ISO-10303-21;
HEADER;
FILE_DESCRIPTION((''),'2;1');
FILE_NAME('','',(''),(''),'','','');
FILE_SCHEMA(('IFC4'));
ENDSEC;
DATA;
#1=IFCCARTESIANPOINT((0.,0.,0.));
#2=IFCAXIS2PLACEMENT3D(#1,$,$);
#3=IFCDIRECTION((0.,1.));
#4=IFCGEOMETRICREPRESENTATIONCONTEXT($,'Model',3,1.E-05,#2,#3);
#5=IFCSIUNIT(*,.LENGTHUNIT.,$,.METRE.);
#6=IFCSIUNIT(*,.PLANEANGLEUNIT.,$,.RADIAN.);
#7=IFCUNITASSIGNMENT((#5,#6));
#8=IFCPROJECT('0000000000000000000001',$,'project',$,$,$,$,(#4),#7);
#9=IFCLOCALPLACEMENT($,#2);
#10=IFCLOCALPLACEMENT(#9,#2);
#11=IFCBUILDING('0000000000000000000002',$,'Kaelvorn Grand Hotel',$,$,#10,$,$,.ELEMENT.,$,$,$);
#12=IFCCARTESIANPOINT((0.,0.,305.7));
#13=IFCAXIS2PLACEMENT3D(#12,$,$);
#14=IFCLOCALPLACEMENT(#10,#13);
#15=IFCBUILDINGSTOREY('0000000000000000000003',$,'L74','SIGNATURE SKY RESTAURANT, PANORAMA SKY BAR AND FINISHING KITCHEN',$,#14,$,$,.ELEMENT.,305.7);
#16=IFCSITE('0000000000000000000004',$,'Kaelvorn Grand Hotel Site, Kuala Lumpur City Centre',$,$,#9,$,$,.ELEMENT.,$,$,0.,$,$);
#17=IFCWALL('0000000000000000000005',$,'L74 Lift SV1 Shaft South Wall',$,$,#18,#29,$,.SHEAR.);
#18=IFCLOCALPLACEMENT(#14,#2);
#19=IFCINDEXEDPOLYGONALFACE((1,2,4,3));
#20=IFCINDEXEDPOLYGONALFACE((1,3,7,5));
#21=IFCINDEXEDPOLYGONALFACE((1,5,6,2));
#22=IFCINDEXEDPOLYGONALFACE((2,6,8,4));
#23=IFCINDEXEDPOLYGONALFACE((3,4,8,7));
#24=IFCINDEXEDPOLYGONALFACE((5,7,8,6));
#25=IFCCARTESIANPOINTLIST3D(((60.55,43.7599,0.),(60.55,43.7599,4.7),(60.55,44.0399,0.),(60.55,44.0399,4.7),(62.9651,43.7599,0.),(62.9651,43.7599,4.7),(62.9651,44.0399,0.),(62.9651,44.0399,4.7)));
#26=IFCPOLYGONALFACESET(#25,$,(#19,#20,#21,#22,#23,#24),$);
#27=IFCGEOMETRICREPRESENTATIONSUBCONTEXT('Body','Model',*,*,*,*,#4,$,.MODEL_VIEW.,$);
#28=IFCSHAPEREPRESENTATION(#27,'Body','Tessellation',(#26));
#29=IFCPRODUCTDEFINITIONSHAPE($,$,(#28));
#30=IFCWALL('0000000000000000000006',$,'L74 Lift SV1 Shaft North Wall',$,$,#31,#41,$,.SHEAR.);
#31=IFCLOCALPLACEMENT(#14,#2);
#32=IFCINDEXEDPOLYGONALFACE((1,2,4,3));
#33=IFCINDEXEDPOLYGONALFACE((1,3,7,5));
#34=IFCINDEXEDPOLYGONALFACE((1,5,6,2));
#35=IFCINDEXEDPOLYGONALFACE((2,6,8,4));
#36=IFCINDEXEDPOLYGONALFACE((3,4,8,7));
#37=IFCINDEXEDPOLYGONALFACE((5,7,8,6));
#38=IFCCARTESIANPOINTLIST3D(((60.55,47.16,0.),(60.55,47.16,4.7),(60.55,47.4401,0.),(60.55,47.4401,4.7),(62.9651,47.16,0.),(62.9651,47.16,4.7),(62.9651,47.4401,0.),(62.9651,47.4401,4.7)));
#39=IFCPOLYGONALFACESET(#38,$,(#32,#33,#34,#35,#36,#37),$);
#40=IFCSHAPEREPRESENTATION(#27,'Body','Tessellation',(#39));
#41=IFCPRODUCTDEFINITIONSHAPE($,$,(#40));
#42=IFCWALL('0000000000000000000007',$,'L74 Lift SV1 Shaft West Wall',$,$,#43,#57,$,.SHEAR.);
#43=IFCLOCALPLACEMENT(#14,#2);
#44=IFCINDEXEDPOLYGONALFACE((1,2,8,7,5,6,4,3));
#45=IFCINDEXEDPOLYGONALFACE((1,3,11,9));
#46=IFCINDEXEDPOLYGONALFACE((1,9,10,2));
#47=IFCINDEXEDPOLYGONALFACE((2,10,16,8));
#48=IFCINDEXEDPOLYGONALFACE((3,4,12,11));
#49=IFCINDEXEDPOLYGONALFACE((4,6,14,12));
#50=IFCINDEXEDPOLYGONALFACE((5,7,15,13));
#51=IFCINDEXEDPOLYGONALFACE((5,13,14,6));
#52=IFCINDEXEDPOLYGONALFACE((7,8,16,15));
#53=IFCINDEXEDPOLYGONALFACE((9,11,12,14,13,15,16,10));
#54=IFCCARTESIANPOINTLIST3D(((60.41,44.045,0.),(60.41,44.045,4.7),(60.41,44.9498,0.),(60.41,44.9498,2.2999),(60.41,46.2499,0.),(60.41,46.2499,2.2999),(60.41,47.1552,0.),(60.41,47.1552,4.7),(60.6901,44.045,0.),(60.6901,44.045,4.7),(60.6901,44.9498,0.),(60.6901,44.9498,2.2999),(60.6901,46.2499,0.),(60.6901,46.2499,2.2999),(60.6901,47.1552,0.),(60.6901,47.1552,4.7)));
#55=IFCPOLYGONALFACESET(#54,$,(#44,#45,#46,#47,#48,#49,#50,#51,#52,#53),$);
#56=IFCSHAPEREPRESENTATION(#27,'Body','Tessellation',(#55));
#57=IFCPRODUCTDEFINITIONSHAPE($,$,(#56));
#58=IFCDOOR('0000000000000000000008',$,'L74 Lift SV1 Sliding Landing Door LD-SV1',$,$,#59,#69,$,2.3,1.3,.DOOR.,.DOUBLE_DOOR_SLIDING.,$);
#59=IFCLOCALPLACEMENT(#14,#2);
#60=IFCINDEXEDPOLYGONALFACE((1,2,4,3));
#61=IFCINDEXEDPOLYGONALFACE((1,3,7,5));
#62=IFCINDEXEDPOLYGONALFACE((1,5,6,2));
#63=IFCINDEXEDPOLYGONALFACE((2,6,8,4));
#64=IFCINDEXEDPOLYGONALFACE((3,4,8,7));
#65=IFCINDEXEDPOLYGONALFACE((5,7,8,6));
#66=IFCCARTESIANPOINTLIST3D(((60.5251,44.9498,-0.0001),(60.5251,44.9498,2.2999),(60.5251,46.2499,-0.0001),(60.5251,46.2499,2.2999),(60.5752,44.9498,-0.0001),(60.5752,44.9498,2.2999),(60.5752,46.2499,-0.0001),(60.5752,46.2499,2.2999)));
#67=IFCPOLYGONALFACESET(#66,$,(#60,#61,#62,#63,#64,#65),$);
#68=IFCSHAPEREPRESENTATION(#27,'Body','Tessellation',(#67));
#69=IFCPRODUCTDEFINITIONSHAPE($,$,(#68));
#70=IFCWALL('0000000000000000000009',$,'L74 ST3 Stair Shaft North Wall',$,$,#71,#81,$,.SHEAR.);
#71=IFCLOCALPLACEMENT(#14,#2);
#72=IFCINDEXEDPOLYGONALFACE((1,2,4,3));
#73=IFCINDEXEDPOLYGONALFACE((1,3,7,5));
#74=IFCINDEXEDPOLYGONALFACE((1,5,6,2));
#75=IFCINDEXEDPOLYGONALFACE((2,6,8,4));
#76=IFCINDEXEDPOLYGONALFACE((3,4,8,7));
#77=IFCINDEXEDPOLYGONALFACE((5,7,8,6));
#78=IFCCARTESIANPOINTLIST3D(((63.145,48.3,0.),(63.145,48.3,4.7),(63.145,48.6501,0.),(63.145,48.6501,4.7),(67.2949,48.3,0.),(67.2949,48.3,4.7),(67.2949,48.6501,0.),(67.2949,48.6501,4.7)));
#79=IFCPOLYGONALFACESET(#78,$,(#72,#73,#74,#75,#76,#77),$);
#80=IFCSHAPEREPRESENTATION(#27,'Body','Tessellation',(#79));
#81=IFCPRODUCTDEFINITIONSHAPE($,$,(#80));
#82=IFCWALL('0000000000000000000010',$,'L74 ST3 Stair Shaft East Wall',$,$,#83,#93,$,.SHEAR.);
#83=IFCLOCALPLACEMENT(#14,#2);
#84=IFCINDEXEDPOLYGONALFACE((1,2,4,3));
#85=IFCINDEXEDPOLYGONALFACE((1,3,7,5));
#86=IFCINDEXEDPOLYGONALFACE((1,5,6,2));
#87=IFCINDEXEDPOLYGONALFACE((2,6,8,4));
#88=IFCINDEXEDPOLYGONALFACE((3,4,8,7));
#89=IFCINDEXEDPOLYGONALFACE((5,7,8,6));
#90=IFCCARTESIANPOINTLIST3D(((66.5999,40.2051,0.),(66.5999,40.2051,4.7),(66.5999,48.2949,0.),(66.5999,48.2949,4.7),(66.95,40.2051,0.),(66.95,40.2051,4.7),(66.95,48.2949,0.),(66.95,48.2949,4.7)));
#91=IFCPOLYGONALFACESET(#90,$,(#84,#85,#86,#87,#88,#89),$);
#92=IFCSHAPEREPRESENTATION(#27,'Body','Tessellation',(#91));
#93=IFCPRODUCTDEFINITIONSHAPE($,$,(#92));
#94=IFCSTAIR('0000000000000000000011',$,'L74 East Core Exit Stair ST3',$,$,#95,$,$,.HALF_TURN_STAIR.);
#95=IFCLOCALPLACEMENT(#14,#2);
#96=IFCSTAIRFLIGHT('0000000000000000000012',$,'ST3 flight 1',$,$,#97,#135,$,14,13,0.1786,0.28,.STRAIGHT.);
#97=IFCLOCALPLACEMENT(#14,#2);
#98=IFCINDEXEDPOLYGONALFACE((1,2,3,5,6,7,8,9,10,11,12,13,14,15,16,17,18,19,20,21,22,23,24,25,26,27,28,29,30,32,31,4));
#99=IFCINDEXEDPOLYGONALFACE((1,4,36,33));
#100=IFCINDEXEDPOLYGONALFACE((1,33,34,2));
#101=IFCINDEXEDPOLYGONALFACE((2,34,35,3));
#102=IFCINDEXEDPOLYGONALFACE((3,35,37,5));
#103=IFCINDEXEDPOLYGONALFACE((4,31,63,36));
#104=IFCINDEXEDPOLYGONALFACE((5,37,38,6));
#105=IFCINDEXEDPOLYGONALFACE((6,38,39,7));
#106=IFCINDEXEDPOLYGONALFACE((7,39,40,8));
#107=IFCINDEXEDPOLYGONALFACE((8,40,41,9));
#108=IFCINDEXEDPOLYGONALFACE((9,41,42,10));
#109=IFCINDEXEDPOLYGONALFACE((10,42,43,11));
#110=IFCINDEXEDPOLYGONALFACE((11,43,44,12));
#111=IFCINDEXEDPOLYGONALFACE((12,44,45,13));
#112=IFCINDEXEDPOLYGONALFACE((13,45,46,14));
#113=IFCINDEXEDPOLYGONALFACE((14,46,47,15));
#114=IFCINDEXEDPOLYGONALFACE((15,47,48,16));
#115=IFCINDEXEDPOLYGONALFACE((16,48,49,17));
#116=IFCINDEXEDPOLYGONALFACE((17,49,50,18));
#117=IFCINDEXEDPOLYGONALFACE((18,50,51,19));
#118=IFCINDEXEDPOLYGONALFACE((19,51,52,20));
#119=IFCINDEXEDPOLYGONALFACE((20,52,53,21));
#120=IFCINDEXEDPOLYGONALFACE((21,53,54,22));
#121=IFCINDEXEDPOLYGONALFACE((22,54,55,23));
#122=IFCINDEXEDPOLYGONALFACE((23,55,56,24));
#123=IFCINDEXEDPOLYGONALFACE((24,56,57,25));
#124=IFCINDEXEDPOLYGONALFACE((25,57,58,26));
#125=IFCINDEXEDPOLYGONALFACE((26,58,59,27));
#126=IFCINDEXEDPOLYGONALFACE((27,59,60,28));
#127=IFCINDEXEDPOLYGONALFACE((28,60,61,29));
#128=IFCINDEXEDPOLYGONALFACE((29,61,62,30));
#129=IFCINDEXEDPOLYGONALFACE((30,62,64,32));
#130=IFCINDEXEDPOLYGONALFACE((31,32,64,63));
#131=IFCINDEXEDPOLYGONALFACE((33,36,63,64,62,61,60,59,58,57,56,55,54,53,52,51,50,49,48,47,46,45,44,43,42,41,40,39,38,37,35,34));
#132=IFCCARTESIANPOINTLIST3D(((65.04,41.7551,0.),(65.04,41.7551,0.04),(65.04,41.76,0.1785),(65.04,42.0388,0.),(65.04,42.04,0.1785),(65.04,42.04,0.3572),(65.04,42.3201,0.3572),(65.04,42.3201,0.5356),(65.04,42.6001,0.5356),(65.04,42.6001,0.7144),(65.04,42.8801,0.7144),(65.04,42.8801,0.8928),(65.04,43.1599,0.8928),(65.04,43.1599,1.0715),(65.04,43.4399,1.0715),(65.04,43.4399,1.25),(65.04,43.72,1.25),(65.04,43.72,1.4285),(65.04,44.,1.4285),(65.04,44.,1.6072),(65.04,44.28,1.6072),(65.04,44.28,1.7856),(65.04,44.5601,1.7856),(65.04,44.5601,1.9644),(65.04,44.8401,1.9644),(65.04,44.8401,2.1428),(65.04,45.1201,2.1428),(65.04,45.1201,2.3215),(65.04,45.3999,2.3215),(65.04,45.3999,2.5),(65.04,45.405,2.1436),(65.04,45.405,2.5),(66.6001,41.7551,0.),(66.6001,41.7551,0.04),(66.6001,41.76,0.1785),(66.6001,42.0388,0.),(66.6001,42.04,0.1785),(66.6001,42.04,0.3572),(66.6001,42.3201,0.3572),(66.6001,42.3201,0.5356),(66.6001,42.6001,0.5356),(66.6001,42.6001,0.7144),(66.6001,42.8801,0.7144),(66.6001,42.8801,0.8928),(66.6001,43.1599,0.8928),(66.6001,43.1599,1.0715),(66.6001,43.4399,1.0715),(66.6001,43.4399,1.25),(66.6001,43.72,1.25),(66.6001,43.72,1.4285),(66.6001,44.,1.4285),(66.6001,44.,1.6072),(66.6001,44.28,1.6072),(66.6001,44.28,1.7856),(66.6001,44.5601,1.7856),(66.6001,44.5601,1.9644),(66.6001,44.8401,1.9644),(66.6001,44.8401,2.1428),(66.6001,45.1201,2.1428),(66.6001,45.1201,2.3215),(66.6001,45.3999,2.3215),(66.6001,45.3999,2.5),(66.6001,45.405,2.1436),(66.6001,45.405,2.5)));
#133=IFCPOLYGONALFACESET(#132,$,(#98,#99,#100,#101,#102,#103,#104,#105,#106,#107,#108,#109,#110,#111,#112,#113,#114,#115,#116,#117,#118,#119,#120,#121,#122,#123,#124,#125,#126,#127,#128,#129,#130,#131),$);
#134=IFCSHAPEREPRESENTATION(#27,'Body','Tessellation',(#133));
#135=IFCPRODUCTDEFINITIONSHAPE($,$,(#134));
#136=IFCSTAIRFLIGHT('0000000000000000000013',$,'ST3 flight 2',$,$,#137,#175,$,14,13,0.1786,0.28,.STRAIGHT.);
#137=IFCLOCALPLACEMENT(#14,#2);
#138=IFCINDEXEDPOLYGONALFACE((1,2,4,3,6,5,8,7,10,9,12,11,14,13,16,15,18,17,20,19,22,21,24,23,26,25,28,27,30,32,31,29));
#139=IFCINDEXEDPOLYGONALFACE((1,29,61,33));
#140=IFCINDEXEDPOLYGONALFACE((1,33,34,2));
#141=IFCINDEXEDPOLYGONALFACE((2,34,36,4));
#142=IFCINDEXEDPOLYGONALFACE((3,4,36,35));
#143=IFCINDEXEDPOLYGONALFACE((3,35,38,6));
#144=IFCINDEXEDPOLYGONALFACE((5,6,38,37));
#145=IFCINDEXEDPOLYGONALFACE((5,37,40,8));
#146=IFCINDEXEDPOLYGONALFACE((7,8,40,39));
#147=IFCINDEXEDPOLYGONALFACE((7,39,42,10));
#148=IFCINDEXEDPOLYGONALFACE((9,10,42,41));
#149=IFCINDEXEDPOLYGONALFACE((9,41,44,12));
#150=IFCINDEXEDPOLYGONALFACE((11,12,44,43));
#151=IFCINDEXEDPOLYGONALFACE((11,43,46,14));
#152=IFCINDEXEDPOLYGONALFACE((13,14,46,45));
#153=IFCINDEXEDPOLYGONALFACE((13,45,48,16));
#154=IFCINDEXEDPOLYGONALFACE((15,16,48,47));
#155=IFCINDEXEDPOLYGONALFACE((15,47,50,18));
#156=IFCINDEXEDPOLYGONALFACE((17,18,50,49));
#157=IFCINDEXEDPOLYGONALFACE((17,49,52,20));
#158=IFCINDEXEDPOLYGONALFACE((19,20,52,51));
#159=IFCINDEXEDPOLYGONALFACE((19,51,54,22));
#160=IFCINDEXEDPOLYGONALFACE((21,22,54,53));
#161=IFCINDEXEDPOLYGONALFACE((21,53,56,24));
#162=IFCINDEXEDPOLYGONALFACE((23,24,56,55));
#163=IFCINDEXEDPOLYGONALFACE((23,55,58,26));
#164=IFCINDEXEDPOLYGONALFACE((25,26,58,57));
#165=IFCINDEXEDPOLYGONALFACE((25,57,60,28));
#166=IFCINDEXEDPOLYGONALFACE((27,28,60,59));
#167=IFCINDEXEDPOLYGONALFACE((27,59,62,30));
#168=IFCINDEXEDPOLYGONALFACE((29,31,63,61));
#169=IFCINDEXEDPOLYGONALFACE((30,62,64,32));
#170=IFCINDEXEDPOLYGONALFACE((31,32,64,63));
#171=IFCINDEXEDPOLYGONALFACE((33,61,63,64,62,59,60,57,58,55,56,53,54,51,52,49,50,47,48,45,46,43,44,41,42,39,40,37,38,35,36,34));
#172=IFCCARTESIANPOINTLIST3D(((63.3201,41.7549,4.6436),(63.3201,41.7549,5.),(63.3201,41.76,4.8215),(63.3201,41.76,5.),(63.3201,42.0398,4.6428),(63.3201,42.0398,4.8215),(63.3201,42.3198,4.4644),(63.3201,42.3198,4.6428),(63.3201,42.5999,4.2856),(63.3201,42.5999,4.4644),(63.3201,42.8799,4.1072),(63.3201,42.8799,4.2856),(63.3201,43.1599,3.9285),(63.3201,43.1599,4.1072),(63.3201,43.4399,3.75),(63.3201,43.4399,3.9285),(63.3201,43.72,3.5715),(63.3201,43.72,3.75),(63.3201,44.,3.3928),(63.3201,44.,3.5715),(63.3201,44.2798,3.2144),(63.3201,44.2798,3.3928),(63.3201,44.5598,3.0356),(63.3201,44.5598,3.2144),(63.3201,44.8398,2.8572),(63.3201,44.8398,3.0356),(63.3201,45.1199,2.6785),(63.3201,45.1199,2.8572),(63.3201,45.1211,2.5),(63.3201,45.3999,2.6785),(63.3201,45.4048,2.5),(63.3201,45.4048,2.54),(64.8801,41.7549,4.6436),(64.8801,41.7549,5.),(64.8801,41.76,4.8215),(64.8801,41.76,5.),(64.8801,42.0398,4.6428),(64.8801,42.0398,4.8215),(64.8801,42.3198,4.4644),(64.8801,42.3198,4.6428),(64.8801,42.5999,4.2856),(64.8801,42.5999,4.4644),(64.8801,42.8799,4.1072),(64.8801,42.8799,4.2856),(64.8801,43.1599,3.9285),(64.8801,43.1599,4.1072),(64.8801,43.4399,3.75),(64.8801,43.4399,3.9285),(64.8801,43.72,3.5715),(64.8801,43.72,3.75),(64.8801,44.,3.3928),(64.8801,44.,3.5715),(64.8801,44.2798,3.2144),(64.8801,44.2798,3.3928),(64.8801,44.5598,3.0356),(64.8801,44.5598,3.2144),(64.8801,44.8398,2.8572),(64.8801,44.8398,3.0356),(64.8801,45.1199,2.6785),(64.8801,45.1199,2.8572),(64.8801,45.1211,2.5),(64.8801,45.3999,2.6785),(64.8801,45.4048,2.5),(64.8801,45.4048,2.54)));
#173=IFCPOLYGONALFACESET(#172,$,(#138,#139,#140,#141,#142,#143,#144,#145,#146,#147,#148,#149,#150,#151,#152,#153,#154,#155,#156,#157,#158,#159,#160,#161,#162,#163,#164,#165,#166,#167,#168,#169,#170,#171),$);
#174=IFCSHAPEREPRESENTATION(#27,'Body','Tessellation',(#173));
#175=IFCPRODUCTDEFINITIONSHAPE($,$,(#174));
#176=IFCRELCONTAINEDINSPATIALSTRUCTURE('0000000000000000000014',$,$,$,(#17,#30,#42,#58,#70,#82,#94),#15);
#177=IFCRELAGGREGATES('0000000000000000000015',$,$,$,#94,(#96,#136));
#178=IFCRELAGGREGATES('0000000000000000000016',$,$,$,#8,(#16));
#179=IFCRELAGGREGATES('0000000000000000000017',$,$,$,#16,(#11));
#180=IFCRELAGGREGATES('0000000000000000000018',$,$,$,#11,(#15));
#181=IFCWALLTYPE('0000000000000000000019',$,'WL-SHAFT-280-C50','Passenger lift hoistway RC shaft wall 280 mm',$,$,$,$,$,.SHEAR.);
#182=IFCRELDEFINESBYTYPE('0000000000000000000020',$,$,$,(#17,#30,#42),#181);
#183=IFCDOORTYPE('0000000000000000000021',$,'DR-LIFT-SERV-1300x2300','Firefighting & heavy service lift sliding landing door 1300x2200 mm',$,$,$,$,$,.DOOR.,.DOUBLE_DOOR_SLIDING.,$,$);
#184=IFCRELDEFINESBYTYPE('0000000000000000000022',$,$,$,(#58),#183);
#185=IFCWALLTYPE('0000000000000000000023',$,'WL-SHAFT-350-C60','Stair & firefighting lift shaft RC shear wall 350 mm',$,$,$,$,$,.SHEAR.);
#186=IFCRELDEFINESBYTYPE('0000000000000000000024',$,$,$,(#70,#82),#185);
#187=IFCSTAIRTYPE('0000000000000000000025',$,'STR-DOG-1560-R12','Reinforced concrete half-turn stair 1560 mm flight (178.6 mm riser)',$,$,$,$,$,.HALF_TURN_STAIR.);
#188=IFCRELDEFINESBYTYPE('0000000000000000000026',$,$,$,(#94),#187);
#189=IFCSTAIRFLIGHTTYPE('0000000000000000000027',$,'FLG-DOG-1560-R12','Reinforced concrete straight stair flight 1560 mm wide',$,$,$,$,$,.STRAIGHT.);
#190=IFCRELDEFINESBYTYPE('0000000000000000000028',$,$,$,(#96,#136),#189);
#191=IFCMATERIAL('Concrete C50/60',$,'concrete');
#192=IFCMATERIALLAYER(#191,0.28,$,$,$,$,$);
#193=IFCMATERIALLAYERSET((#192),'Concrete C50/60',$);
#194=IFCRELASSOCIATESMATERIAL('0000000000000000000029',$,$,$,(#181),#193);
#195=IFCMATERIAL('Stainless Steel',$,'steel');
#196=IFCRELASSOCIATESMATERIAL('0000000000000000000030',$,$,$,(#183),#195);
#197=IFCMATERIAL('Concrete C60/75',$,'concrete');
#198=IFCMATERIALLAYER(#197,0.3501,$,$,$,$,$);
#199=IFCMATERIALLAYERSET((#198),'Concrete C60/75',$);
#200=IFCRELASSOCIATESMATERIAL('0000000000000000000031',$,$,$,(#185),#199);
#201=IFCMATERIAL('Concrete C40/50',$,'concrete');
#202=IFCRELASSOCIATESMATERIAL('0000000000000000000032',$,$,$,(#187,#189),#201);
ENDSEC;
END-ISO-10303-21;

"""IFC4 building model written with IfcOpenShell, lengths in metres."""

from ifc_helpers import new_model, si_unit, direction, frame, frame_2d, origin, place, context, subcontext, project, spatial, polyline, rectangle, outline, extrude, material, layer, layer_set, type_object, element, fill, aggregate, save


model = new_model("IFC4")

# Units and contexts
model_context = context("Model", 3, precision=1e-05, world=origin(), true_north=direction((0.0, 1.0)))
body_context = subcontext(model_context, "Body", "Model", "MODEL_VIEW")
ifc_project = project(units=[si_unit("LENGTHUNIT", "METRE"), si_unit("PLANEANGLEUNIT", "RADIAN")], contexts=[model_context])

# Site, building, storey
site_placement = place(None, origin())
site = spatial("IfcSite", under=ifc_project, at=site_placement, Name="Kaelvorn Grand Hotel Site, Kuala Lumpur City Centre", CompositionType="ELEMENT", RefElevation=0.0)
building_placement = place(site_placement, origin())
building = spatial("IfcBuilding", under=site, at=building_placement, Name="Kaelvorn Grand Hotel", CompositionType="ELEMENT")
storey_placement = place(building_placement, frame((0.0, 0.0, 305.7)))
storey = spatial("IfcBuildingStorey", under=building, at=storey_placement, Name="L74", Description="SIGNATURE SKY RESTAURANT, PANORAMA SKY BAR AND FINISHING KITCHEN", CompositionType="ELEMENT", Elevation=305.7)

# Shared definitions
ifc_material_1 = material(Name="Concrete C60/75", Category="concrete")
ifc_material_2 = material(Name="Concrete C50/60", Category="concrete")

# Shared definitions
ifc_material_3 = material(Name="Concrete C40/50", Category="concrete")

# Walls
ifc_layer_1 = layer(ifc_material_2, 0.28)
ifc_layer_set_1 = layer_set([ifc_layer_1], Name="Concrete C50/60")
wall_type_1 = type_object("IfcWallType", Name="WL-SHAFT-280-C50", Description="Passenger lift hoistway RC shaft wall 280 mm", PredefinedType="SHEAR", material=ifc_layer_set_1)
for number, where, z_axis, x_axis, name in (
    (1, (60.55, 43.8999, 0.0), (0.0, 0.0, 1.0), (1.0, 0.0, 0.0), "L74 Lift SV1 Shaft South Wall"),
    (2, (60.55, 47.3, 0.0), (0.0, 0.0, 1.0), (1.0, 0.0, 0.0), "L74 Lift SV1 Shaft North Wall"),
):
    element("IfcWall", number, at=place(storey_placement, frame(where, z_axis=z_axis, x_axis=x_axis)), inside=storey, type_object=wall_type_1, Name=name, PredefinedType="SHEAR", context=body_context, shape_type="SweptSolid", body=[
        extrude(rectangle(XDim=2.415, YDim=0.28, at=frame_2d((1.2075, 0.0))), origin(), (0.0, 0.0, 1.0), 4.7),
    ])

# Wall, opening, door
wall_1_placement = place(storey_placement, frame((60.55, 44.0449, 0.0), z_axis=(0.0, 0.0, 1.0), x_axis=(0.0, 1.0, 0.0)))
wall_1 = element("IfcWall", 3, at=wall_1_placement, inside=storey, type_object=wall_type_1, Name="L74 Lift SV1 Shaft West Wall", PredefinedType="SHEAR", context=body_context, shape_type="SweptSolid", body=[
    extrude(rectangle(XDim=3.1101, YDim=0.28, at=frame_2d((1.5552, 0.0))), origin(), (0.0, 0.0, 1.0), 4.7),
])
opening_1_placement = place(wall_1_placement, frame((0.905, 0.0, 0.0)))
opening_1 = element("IfcOpeningElement", 4, at=opening_1_placement, cuts=wall_1, PredefinedType="OPENING", context=body_context, shape_type="SweptSolid", body=[
    extrude(rectangle(XDim=1.3, YDim=2.3, at=frame_2d((0.6499, 1.1499))), frame((0.0, 0.1499, 0.0), z_axis=(0.0, -1.0, 0.0), x_axis=(1.0, 0.0, 0.0)), (0.0, 0.0, 1.0), 0.3),
])
ifc_material_4 = material(Name="Stainless Steel", Category="steel")
door_type = type_object("IfcDoorType", Name="DR-LIFT-SERV-1300x2300", Description="Firefighting & heavy service lift sliding landing door 1300x2200 mm", OperationType="DOUBLE_DOOR_SLIDING", PredefinedType="DOOR", material=ifc_material_4)
door_placement = place(opening_1_placement, origin())
door = element("IfcDoor", 5, at=door_placement, inside=storey, type_object=door_type, Name="L74 Lift SV1 Sliding Landing Door LD-SV1", OperationType="DOUBLE_DOOR_SLIDING", OverallHeight=2.3, OverallWidth=1.3, PredefinedType="DOOR", context=body_context, shape_type="SweptSolid", body=[
    extrude(rectangle(XDim=1.3, YDim=2.3, at=frame_2d((0.6499, 1.1499))), frame((0.0, 0.0249, 0.0), z_axis=(0.0, -1.0, 0.0), x_axis=(1.0, 0.0, 0.0)), (0.0, 0.0, 1.0), 0.05),
])
fill(opening_1, door)

# Walls
ifc_layer_2 = layer(ifc_material_1, 0.3501)
ifc_layer_set_2 = layer_set([ifc_layer_2], Name="Concrete C60/75")
wall_type_2 = type_object("IfcWallType", Name="WL-SHAFT-350-C60", Description="Stair & firefighting lift shaft RC shear wall 350 mm", PredefinedType="SHEAR", material=ifc_layer_set_2)
wall_2_placement = place(storey_placement, frame((63.145, 48.4751, 0.0), z_axis=(0.0, 0.0, 1.0), x_axis=(1.0, 0.0, 0.0)))
element("IfcWall", 6, at=wall_2_placement, inside=storey, type_object=wall_type_2, Name="L74 ST3 Stair Shaft North Wall", PredefinedType="SHEAR", context=body_context, shape_type="SweptSolid", body=[
    extrude(rectangle(XDim=4.1499, YDim=0.3501, at=frame_2d((2.075, 0.0))), origin(), (0.0, 0.0, 1.0), 4.7),
])
wall_3_placement = place(storey_placement, frame((66.7749, 40.2051, 0.0), z_axis=(0.0, 0.0, 1.0), x_axis=(0.0, 1.0, 0.0)))
element("IfcWall", 7, at=wall_3_placement, inside=storey, type_object=wall_type_2, Name="L74 ST3 Stair Shaft East Wall", PredefinedType="SHEAR", context=body_context, shape_type="SweptSolid", body=[
    extrude(rectangle(XDim=8.0898, YDim=0.3501, at=frame_2d((4.0449, 0.0))), origin(), (0.0, 0.0, 1.0), 4.7),
])

# Stair, stair flights
stair_type = type_object("IfcStairType", Name="STR-DOG-1560-R12", Description="Reinforced concrete half-turn stair 1560 mm flight (178.6 mm riser)", PredefinedType="HALF_TURN_STAIR", material=ifc_material_3)
stair_placement = place(storey_placement, origin())
stair = element("IfcStair", 8, at=stair_placement, inside=storey, type_object=stair_type, Name="L74 East Core Exit Stair ST3", PredefinedType="HALF_TURN_STAIR")
stair_flight_type = type_object("IfcStairFlightType", Name="FLG-DOG-1560-R12", Description="Reinforced concrete straight stair flight 1560 mm wide", PredefinedType="STRAIGHT", material=ifc_material_3)
stair_flight_1_placement = place(storey_placement, frame((65.8201, 41.76, 0.0), z_axis=(0.0, 0.0, 1.0), x_axis=(0.0, 1.0, 0.0)))
stair_flight_1 = element("IfcStairFlight", 9, at=stair_flight_1_placement, type_object=stair_flight_type, Name="ST3 flight 1", NumberOfRisers=14, NumberOfTreads=13, PredefinedType="STRAIGHT", RiserHeight=0.1786, TreadLength=0.28, context=body_context, shape_type="SweptSolid", body=[
    extrude(outline(polyline([(-0.0049, 0.0), (-0.0049, 0.04), (0.0, 0.1785), (0.28, 0.1785), (0.28, 0.3572), (0.5601, 0.3572), (0.5601, 0.5356), (0.8401, 0.5356), (0.8401, 0.7144), (1.1201, 0.7144), (1.1201, 0.8928), (1.3999, 0.8928), (1.3999, 1.0715), (1.6799, 1.0715), (1.6799, 1.25), (1.96, 1.25), (1.96, 1.4285), (2.24, 1.4285), (2.24, 1.6072), (2.52, 1.6072), (2.52, 1.7856), (2.8, 1.7856), (2.8, 1.9644), (3.0801, 1.9644), (3.0801, 2.1428), (3.3601, 2.1428), (3.3601, 2.3215), (3.6399, 2.3215), (3.6399, 2.5), (3.645, 2.5), (3.645, 2.1436), (0.2788, 0.0), (-0.0049, 0.0)])), frame((0.0, 0.78, 0.0), z_axis=(0.0, -1.0, 0.0), x_axis=(1.0, 0.0, 0.0)), (0.0, 0.0, 1.0), 1.5601),
])
stair_flight_2_placement = place(storey_placement, frame((64.1001, 45.3999, 2.5), z_axis=(0.0, 0.0, 1.0), x_axis=(0.0, -1.0, 0.0)))
stair_flight_2 = element("IfcStairFlight", 10, at=stair_flight_2_placement, type_object=stair_flight_type, Name="ST3 flight 2", NumberOfRisers=14, NumberOfTreads=13, PredefinedType="STRAIGHT", RiserHeight=0.1786, TreadLength=0.28, context=body_context, shape_type="SweptSolid", body=[
    extrude(outline(polyline([(-0.0049, 0.0), (-0.0049, 0.04), (0.0, 0.1785), (0.28, 0.1785), (0.28, 0.3572), (0.5601, 0.3572), (0.5601, 0.5356), (0.8401, 0.5356), (0.8401, 0.7144), (1.1201, 0.7144), (1.1201, 0.8928), (1.3999, 0.8928), (1.3999, 1.0715), (1.6799, 1.0715), (1.6799, 1.25), (1.96, 1.25), (1.96, 1.4285), (2.24, 1.4285), (2.24, 1.6072), (2.52, 1.6072), (2.52, 1.7856), (2.8, 1.7856), (2.8, 1.9644), (3.0801, 1.9644), (3.0801, 2.1428), (3.3601, 2.1428), (3.3601, 2.3215), (3.6399, 2.3215), (3.6399, 2.5), (3.645, 2.5), (3.645, 2.1436), (0.2788, 0.0), (-0.0049, 0.0)])), frame((0.0, 0.78, 0.0), z_axis=(0.0, -1.0, 0.0), x_axis=(1.0, 0.0, 0.0)), (0.0, 0.0, 1.0), 1.5601),
])
aggregate(stair, [stair_flight_1, stair_flight_2])

save(model, "model.ifc")
